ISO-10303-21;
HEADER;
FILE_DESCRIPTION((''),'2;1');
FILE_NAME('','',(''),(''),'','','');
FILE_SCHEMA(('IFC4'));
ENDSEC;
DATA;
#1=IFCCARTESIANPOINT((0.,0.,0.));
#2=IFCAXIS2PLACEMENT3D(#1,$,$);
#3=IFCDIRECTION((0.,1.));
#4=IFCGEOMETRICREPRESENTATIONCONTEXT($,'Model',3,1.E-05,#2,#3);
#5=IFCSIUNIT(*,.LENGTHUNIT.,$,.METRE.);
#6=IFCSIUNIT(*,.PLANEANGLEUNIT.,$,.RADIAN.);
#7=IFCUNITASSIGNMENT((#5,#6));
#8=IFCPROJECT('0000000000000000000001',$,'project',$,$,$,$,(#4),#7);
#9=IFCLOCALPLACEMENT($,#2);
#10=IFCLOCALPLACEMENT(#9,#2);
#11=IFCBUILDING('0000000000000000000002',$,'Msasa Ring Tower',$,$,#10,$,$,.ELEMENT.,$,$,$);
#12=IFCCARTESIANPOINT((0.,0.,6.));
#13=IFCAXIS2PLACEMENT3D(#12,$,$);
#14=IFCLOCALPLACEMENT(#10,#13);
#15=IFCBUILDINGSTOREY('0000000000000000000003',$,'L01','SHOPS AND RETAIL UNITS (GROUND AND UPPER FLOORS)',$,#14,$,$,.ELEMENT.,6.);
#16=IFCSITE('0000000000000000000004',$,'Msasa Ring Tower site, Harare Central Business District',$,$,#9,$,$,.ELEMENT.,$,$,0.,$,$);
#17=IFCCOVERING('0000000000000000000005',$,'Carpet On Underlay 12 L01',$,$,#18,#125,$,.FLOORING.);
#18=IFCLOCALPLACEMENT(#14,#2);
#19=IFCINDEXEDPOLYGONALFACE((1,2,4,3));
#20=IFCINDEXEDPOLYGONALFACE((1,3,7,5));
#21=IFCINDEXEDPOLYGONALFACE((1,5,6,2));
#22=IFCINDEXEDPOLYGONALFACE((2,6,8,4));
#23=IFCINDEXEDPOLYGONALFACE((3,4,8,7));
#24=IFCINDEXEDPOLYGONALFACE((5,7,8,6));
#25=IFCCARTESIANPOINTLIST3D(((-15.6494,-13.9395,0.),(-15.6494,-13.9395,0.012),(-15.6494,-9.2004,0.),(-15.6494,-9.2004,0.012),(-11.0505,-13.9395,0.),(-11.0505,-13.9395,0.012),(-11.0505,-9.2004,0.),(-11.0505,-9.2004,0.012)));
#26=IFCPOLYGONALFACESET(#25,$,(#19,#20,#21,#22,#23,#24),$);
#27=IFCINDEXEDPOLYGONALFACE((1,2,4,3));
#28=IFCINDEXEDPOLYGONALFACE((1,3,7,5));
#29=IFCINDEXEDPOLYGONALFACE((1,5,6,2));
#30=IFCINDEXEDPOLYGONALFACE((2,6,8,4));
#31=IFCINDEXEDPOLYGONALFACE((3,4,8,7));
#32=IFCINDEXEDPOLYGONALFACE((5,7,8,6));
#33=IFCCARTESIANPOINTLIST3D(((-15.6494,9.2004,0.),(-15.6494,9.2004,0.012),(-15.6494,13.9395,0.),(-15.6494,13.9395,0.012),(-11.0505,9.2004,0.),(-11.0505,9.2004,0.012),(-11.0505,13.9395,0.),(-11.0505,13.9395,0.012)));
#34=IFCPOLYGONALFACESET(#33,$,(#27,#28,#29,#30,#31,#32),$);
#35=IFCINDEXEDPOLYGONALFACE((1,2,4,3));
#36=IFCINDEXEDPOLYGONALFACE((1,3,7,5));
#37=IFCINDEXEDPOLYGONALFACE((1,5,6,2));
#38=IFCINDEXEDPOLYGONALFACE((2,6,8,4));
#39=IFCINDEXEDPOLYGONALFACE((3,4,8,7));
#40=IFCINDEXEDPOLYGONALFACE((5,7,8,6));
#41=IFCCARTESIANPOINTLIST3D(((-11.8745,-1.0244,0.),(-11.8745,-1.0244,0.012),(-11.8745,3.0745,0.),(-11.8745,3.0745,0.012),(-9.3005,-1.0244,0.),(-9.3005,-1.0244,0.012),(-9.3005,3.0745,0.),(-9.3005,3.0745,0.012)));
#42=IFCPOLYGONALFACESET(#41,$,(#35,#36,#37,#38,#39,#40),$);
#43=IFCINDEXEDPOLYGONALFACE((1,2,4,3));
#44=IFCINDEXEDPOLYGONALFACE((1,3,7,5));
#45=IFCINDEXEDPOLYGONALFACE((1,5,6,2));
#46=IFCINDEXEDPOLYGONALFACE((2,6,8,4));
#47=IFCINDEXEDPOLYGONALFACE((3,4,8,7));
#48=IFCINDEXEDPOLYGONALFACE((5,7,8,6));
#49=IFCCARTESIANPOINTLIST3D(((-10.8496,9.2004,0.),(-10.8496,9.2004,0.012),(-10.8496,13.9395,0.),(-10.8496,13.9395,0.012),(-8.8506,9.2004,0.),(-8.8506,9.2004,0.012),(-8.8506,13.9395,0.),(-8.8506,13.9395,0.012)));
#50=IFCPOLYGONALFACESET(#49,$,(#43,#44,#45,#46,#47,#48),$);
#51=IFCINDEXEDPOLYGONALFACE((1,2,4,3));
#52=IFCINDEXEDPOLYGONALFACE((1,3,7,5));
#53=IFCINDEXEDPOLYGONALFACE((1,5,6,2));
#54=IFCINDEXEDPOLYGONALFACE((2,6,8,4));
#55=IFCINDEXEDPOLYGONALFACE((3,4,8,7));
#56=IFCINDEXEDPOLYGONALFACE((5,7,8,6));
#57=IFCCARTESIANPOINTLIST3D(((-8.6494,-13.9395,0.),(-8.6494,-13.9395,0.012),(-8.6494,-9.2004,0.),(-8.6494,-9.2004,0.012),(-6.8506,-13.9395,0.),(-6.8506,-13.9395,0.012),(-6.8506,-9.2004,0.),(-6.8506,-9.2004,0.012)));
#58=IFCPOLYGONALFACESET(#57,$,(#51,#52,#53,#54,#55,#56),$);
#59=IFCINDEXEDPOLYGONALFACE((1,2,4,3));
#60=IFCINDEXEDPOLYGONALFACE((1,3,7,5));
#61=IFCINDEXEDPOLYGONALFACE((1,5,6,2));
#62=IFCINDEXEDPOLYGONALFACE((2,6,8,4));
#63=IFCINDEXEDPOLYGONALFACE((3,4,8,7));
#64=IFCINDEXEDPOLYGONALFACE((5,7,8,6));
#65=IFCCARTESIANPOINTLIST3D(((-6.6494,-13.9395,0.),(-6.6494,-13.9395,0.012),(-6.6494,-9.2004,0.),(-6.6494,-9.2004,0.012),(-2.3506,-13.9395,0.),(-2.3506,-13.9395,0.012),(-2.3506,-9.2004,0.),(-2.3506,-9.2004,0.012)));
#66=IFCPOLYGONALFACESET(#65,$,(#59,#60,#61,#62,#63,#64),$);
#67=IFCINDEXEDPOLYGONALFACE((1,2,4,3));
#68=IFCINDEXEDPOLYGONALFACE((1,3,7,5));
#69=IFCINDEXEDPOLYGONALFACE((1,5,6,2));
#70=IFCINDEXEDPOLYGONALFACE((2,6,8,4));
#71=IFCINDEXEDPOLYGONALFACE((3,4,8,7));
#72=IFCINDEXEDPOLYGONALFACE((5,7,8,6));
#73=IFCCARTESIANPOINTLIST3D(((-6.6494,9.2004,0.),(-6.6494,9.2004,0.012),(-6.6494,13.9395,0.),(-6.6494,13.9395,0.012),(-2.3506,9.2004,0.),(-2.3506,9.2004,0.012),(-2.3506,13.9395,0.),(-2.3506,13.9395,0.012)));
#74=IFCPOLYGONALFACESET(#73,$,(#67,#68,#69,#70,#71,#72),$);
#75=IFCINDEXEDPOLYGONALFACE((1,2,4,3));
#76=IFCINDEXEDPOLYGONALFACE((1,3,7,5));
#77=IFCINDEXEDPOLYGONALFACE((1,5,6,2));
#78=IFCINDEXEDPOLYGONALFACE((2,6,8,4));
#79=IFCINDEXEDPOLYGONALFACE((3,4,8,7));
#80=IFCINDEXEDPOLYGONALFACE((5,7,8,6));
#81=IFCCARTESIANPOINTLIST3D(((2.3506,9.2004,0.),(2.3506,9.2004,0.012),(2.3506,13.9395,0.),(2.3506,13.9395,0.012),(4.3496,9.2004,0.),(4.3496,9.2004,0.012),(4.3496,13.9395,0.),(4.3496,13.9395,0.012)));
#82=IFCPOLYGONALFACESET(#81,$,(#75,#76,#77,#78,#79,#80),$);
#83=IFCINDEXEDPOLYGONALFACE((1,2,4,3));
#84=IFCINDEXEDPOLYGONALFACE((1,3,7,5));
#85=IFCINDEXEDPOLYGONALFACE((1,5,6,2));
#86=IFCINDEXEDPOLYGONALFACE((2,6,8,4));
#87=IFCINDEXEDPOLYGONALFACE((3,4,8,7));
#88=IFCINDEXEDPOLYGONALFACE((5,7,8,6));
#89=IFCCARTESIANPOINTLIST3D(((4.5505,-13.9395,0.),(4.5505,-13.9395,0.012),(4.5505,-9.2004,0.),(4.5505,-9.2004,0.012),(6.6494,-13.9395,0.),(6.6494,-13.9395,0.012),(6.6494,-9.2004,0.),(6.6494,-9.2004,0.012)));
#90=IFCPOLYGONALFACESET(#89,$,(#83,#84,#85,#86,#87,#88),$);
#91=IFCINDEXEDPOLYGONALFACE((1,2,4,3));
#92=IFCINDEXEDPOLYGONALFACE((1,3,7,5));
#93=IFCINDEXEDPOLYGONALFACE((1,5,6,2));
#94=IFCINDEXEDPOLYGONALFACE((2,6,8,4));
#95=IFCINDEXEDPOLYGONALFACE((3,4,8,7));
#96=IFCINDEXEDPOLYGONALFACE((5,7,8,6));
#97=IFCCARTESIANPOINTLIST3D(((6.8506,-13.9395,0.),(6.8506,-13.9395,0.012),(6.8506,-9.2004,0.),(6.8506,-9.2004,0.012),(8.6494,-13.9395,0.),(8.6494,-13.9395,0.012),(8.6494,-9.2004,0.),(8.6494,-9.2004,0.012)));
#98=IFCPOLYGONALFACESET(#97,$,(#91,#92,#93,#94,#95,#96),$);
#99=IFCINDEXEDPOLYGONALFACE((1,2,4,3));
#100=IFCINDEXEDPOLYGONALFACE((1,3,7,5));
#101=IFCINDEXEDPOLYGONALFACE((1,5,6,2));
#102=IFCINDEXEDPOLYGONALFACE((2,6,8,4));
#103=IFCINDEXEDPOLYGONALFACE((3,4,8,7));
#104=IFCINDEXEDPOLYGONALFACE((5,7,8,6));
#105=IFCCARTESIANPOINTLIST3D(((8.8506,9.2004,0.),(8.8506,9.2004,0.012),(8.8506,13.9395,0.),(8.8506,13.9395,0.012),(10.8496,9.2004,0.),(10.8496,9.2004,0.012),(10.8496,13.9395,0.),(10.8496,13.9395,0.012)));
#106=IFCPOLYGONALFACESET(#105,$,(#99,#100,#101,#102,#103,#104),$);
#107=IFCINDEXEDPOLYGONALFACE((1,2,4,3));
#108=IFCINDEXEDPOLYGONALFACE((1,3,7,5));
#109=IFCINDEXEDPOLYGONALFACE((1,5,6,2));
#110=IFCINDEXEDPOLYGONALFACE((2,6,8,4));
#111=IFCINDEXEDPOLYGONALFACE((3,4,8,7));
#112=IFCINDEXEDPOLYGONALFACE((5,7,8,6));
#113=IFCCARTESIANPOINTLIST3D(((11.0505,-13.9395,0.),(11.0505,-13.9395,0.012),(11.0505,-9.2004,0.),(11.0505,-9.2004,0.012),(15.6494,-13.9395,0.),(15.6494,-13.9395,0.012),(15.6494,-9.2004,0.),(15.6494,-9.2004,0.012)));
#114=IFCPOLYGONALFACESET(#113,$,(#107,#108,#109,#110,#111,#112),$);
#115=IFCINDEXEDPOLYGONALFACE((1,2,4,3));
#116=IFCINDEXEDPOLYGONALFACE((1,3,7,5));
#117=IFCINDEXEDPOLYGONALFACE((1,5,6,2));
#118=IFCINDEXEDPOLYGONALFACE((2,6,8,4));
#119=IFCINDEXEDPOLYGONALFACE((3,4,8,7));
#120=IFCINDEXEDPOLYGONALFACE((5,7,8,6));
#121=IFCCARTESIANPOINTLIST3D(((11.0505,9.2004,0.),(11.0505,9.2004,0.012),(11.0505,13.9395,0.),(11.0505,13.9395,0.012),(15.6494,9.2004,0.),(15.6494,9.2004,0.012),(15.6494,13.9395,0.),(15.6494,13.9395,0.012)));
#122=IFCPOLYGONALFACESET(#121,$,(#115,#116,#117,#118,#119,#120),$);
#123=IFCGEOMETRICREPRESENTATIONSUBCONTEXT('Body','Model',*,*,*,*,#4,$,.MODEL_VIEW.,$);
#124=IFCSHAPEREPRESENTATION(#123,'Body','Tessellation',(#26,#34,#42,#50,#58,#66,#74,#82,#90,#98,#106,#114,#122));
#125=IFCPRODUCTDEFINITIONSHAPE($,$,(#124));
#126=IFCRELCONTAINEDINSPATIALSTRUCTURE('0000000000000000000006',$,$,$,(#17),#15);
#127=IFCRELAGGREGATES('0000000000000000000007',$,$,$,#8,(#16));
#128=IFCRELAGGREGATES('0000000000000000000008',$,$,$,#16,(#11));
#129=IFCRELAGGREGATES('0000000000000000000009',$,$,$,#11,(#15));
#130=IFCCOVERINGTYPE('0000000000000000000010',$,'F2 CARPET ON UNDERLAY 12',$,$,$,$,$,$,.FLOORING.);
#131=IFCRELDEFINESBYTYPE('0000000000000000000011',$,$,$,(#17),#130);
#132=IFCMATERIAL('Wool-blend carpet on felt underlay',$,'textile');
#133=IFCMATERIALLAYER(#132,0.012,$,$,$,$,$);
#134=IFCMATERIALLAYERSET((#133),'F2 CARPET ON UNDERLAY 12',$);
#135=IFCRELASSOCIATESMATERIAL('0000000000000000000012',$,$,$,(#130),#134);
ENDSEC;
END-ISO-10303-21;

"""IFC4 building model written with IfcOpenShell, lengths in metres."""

from ifc_helpers import new_model, si_unit, direction, frame, origin, place, context, subcontext, project, spatial, line, indexed_curve, outline, extrude, material, layer, layer_set, type_object, element, save


model = new_model("IFC4")

# Units and contexts
model_context = context("Model", 3, precision=1e-05, world=origin(), true_north=direction((0.0, 1.0)))
body_context = subcontext(model_context, "Body", "Model", "MODEL_VIEW")
ifc_project = project(units=[si_unit("LENGTHUNIT", "METRE"), si_unit("PLANEANGLEUNIT", "RADIAN")], contexts=[model_context])

# Site, building, storey
site_placement = place(None, origin())
site = spatial("IfcSite", under=ifc_project, at=site_placement, Name="Msasa Ring Tower site, Harare Central Business District", CompositionType="ELEMENT", RefElevation=0.0)
building_placement = place(site_placement, origin())
building = spatial("IfcBuilding", under=site, at=building_placement, Name="Msasa Ring Tower", CompositionType="ELEMENT")
storey_placement = place(building_placement, frame((0.0, 0.0, 6.0)))
storey = spatial("IfcBuildingStorey", under=building, at=storey_placement, Name="L01", Description="SHOPS AND RETAIL UNITS (GROUND AND UPPER FLOORS)", CompositionType="ELEMENT", Elevation=6.0)

# Covering
ifc_material_1 = material(Name="Wool-blend carpet on felt underlay", Category="textile")
ifc_layer_1 = layer(ifc_material_1, 0.012)
ifc_layer_set_1 = layer_set([ifc_layer_1], Name="F2 CARPET ON UNDERLAY 12")
covering_type_1 = type_object("IfcCoveringType", Name="F2 CARPET ON UNDERLAY 12", PredefinedType="FLOORING", material=ifc_layer_set_1)
covering_1_placement = place(storey_placement, origin())
element("IfcCovering", 1, at=covering_1_placement, inside=storey, type_object=covering_type_1, Name="Carpet On Underlay 12 L01", PredefinedType="FLOORING", context=body_context, shape_type="SweptSolid", body=[
    extrude(outline(indexed_curve([(-15.6494, -9.2004), (-11.0505, -9.2004), (-11.0505, -13.9395), (-15.6494, -13.9395)], segments=[line(1, 2, 3, 4, 1)], self_intersect=False)), origin(), (0.0, 0.0, 1.0), 0.012),
    extrude(outline(indexed_curve([(-11.0505, 13.9395), (-11.0505, 9.2004), (-15.6494, 9.2004), (-15.6494, 13.9395)], segments=[line(1, 2, 3, 4, 1)], self_intersect=False)), origin(), (0.0, 0.0, 1.0), 0.012),
    extrude(outline(indexed_curve([(-11.8745, 3.0745), (-9.3005, 3.0745), (-9.3005, -1.0244), (-11.8745, -1.0244)], segments=[line(1, 2, 3, 4, 1)], self_intersect=False)), origin(), (0.0, 0.0, 1.0), 0.012),
    extrude(outline(indexed_curve([(-8.8506, 13.9395), (-8.8506, 9.2004), (-10.8496, 9.2004), (-10.8496, 13.9395)], segments=[line(1, 2, 3, 4, 1)], self_intersect=False)), origin(), (0.0, 0.0, 1.0), 0.012),
    extrude(outline(indexed_curve([(-6.8506, -9.2004), (-6.8506, -13.9395), (-8.6494, -13.9395), (-8.6494, -9.2004)], segments=[line(1, 2, 3, 4, 1)], self_intersect=False)), origin(), (0.0, 0.0, 1.0), 0.012),
    extrude(outline(indexed_curve([(-2.3506, -9.2004), (-2.3506, -13.9395), (-6.6494, -13.9395), (-6.6494, -9.2004)], segments=[line(1, 2, 3, 4, 1)], self_intersect=False)), origin(), (0.0, 0.0, 1.0), 0.012),
    extrude(outline(indexed_curve([(-2.3506, 13.9395), (-2.3506, 9.2004), (-6.6494, 9.2004), (-6.6494, 13.9395)], segments=[line(1, 2, 3, 4, 1)], self_intersect=False)), origin(), (0.0, 0.0, 1.0), 0.012),
    extrude(outline(indexed_curve([(4.3496, 13.9395), (4.3496, 9.2004), (2.3506, 9.2004), (2.3506, 13.9395)], segments=[line(1, 2, 3, 4, 1)], self_intersect=False)), origin(), (0.0, 0.0, 1.0), 0.012),
    extrude(outline(indexed_curve([(6.6494, -9.2004), (6.6494, -13.9395), (4.5505, -13.9395), (4.5505, -9.2004)], segments=[line(1, 2, 3, 4, 1)], self_intersect=False)), origin(), (0.0, 0.0, 1.0), 0.012),
    extrude(outline(indexed_curve([(8.6494, -9.2004), (8.6494, -13.9395), (6.8506, -13.9395), (6.8506, -9.2004)], segments=[line(1, 2, 3, 4, 1)], self_intersect=False)), origin(), (0.0, 0.0, 1.0), 0.012),
    extrude(outline(indexed_curve([(10.8496, 13.9395), (10.8496, 9.2004), (8.8506, 9.2004), (8.8506, 13.9395)], segments=[line(1, 2, 3, 4, 1)], self_intersect=False)), origin(), (0.0, 0.0, 1.0), 0.012),
    extrude(outline(indexed_curve([(15.6494, -9.2004), (15.6494, -13.9395), (11.0505, -13.9395), (11.0505, -9.2004)], segments=[line(1, 2, 3, 4, 1)], self_intersect=False)), origin(), (0.0, 0.0, 1.0), 0.012),
    extrude(outline(indexed_curve([(15.6494, 13.9395), (15.6494, 9.2004), (11.0505, 9.2004), (11.0505, 13.9395)], segments=[line(1, 2, 3, 4, 1)], self_intersect=False)), origin(), (0.0, 0.0, 1.0), 0.012),
])

save(model, "model.ifc")
